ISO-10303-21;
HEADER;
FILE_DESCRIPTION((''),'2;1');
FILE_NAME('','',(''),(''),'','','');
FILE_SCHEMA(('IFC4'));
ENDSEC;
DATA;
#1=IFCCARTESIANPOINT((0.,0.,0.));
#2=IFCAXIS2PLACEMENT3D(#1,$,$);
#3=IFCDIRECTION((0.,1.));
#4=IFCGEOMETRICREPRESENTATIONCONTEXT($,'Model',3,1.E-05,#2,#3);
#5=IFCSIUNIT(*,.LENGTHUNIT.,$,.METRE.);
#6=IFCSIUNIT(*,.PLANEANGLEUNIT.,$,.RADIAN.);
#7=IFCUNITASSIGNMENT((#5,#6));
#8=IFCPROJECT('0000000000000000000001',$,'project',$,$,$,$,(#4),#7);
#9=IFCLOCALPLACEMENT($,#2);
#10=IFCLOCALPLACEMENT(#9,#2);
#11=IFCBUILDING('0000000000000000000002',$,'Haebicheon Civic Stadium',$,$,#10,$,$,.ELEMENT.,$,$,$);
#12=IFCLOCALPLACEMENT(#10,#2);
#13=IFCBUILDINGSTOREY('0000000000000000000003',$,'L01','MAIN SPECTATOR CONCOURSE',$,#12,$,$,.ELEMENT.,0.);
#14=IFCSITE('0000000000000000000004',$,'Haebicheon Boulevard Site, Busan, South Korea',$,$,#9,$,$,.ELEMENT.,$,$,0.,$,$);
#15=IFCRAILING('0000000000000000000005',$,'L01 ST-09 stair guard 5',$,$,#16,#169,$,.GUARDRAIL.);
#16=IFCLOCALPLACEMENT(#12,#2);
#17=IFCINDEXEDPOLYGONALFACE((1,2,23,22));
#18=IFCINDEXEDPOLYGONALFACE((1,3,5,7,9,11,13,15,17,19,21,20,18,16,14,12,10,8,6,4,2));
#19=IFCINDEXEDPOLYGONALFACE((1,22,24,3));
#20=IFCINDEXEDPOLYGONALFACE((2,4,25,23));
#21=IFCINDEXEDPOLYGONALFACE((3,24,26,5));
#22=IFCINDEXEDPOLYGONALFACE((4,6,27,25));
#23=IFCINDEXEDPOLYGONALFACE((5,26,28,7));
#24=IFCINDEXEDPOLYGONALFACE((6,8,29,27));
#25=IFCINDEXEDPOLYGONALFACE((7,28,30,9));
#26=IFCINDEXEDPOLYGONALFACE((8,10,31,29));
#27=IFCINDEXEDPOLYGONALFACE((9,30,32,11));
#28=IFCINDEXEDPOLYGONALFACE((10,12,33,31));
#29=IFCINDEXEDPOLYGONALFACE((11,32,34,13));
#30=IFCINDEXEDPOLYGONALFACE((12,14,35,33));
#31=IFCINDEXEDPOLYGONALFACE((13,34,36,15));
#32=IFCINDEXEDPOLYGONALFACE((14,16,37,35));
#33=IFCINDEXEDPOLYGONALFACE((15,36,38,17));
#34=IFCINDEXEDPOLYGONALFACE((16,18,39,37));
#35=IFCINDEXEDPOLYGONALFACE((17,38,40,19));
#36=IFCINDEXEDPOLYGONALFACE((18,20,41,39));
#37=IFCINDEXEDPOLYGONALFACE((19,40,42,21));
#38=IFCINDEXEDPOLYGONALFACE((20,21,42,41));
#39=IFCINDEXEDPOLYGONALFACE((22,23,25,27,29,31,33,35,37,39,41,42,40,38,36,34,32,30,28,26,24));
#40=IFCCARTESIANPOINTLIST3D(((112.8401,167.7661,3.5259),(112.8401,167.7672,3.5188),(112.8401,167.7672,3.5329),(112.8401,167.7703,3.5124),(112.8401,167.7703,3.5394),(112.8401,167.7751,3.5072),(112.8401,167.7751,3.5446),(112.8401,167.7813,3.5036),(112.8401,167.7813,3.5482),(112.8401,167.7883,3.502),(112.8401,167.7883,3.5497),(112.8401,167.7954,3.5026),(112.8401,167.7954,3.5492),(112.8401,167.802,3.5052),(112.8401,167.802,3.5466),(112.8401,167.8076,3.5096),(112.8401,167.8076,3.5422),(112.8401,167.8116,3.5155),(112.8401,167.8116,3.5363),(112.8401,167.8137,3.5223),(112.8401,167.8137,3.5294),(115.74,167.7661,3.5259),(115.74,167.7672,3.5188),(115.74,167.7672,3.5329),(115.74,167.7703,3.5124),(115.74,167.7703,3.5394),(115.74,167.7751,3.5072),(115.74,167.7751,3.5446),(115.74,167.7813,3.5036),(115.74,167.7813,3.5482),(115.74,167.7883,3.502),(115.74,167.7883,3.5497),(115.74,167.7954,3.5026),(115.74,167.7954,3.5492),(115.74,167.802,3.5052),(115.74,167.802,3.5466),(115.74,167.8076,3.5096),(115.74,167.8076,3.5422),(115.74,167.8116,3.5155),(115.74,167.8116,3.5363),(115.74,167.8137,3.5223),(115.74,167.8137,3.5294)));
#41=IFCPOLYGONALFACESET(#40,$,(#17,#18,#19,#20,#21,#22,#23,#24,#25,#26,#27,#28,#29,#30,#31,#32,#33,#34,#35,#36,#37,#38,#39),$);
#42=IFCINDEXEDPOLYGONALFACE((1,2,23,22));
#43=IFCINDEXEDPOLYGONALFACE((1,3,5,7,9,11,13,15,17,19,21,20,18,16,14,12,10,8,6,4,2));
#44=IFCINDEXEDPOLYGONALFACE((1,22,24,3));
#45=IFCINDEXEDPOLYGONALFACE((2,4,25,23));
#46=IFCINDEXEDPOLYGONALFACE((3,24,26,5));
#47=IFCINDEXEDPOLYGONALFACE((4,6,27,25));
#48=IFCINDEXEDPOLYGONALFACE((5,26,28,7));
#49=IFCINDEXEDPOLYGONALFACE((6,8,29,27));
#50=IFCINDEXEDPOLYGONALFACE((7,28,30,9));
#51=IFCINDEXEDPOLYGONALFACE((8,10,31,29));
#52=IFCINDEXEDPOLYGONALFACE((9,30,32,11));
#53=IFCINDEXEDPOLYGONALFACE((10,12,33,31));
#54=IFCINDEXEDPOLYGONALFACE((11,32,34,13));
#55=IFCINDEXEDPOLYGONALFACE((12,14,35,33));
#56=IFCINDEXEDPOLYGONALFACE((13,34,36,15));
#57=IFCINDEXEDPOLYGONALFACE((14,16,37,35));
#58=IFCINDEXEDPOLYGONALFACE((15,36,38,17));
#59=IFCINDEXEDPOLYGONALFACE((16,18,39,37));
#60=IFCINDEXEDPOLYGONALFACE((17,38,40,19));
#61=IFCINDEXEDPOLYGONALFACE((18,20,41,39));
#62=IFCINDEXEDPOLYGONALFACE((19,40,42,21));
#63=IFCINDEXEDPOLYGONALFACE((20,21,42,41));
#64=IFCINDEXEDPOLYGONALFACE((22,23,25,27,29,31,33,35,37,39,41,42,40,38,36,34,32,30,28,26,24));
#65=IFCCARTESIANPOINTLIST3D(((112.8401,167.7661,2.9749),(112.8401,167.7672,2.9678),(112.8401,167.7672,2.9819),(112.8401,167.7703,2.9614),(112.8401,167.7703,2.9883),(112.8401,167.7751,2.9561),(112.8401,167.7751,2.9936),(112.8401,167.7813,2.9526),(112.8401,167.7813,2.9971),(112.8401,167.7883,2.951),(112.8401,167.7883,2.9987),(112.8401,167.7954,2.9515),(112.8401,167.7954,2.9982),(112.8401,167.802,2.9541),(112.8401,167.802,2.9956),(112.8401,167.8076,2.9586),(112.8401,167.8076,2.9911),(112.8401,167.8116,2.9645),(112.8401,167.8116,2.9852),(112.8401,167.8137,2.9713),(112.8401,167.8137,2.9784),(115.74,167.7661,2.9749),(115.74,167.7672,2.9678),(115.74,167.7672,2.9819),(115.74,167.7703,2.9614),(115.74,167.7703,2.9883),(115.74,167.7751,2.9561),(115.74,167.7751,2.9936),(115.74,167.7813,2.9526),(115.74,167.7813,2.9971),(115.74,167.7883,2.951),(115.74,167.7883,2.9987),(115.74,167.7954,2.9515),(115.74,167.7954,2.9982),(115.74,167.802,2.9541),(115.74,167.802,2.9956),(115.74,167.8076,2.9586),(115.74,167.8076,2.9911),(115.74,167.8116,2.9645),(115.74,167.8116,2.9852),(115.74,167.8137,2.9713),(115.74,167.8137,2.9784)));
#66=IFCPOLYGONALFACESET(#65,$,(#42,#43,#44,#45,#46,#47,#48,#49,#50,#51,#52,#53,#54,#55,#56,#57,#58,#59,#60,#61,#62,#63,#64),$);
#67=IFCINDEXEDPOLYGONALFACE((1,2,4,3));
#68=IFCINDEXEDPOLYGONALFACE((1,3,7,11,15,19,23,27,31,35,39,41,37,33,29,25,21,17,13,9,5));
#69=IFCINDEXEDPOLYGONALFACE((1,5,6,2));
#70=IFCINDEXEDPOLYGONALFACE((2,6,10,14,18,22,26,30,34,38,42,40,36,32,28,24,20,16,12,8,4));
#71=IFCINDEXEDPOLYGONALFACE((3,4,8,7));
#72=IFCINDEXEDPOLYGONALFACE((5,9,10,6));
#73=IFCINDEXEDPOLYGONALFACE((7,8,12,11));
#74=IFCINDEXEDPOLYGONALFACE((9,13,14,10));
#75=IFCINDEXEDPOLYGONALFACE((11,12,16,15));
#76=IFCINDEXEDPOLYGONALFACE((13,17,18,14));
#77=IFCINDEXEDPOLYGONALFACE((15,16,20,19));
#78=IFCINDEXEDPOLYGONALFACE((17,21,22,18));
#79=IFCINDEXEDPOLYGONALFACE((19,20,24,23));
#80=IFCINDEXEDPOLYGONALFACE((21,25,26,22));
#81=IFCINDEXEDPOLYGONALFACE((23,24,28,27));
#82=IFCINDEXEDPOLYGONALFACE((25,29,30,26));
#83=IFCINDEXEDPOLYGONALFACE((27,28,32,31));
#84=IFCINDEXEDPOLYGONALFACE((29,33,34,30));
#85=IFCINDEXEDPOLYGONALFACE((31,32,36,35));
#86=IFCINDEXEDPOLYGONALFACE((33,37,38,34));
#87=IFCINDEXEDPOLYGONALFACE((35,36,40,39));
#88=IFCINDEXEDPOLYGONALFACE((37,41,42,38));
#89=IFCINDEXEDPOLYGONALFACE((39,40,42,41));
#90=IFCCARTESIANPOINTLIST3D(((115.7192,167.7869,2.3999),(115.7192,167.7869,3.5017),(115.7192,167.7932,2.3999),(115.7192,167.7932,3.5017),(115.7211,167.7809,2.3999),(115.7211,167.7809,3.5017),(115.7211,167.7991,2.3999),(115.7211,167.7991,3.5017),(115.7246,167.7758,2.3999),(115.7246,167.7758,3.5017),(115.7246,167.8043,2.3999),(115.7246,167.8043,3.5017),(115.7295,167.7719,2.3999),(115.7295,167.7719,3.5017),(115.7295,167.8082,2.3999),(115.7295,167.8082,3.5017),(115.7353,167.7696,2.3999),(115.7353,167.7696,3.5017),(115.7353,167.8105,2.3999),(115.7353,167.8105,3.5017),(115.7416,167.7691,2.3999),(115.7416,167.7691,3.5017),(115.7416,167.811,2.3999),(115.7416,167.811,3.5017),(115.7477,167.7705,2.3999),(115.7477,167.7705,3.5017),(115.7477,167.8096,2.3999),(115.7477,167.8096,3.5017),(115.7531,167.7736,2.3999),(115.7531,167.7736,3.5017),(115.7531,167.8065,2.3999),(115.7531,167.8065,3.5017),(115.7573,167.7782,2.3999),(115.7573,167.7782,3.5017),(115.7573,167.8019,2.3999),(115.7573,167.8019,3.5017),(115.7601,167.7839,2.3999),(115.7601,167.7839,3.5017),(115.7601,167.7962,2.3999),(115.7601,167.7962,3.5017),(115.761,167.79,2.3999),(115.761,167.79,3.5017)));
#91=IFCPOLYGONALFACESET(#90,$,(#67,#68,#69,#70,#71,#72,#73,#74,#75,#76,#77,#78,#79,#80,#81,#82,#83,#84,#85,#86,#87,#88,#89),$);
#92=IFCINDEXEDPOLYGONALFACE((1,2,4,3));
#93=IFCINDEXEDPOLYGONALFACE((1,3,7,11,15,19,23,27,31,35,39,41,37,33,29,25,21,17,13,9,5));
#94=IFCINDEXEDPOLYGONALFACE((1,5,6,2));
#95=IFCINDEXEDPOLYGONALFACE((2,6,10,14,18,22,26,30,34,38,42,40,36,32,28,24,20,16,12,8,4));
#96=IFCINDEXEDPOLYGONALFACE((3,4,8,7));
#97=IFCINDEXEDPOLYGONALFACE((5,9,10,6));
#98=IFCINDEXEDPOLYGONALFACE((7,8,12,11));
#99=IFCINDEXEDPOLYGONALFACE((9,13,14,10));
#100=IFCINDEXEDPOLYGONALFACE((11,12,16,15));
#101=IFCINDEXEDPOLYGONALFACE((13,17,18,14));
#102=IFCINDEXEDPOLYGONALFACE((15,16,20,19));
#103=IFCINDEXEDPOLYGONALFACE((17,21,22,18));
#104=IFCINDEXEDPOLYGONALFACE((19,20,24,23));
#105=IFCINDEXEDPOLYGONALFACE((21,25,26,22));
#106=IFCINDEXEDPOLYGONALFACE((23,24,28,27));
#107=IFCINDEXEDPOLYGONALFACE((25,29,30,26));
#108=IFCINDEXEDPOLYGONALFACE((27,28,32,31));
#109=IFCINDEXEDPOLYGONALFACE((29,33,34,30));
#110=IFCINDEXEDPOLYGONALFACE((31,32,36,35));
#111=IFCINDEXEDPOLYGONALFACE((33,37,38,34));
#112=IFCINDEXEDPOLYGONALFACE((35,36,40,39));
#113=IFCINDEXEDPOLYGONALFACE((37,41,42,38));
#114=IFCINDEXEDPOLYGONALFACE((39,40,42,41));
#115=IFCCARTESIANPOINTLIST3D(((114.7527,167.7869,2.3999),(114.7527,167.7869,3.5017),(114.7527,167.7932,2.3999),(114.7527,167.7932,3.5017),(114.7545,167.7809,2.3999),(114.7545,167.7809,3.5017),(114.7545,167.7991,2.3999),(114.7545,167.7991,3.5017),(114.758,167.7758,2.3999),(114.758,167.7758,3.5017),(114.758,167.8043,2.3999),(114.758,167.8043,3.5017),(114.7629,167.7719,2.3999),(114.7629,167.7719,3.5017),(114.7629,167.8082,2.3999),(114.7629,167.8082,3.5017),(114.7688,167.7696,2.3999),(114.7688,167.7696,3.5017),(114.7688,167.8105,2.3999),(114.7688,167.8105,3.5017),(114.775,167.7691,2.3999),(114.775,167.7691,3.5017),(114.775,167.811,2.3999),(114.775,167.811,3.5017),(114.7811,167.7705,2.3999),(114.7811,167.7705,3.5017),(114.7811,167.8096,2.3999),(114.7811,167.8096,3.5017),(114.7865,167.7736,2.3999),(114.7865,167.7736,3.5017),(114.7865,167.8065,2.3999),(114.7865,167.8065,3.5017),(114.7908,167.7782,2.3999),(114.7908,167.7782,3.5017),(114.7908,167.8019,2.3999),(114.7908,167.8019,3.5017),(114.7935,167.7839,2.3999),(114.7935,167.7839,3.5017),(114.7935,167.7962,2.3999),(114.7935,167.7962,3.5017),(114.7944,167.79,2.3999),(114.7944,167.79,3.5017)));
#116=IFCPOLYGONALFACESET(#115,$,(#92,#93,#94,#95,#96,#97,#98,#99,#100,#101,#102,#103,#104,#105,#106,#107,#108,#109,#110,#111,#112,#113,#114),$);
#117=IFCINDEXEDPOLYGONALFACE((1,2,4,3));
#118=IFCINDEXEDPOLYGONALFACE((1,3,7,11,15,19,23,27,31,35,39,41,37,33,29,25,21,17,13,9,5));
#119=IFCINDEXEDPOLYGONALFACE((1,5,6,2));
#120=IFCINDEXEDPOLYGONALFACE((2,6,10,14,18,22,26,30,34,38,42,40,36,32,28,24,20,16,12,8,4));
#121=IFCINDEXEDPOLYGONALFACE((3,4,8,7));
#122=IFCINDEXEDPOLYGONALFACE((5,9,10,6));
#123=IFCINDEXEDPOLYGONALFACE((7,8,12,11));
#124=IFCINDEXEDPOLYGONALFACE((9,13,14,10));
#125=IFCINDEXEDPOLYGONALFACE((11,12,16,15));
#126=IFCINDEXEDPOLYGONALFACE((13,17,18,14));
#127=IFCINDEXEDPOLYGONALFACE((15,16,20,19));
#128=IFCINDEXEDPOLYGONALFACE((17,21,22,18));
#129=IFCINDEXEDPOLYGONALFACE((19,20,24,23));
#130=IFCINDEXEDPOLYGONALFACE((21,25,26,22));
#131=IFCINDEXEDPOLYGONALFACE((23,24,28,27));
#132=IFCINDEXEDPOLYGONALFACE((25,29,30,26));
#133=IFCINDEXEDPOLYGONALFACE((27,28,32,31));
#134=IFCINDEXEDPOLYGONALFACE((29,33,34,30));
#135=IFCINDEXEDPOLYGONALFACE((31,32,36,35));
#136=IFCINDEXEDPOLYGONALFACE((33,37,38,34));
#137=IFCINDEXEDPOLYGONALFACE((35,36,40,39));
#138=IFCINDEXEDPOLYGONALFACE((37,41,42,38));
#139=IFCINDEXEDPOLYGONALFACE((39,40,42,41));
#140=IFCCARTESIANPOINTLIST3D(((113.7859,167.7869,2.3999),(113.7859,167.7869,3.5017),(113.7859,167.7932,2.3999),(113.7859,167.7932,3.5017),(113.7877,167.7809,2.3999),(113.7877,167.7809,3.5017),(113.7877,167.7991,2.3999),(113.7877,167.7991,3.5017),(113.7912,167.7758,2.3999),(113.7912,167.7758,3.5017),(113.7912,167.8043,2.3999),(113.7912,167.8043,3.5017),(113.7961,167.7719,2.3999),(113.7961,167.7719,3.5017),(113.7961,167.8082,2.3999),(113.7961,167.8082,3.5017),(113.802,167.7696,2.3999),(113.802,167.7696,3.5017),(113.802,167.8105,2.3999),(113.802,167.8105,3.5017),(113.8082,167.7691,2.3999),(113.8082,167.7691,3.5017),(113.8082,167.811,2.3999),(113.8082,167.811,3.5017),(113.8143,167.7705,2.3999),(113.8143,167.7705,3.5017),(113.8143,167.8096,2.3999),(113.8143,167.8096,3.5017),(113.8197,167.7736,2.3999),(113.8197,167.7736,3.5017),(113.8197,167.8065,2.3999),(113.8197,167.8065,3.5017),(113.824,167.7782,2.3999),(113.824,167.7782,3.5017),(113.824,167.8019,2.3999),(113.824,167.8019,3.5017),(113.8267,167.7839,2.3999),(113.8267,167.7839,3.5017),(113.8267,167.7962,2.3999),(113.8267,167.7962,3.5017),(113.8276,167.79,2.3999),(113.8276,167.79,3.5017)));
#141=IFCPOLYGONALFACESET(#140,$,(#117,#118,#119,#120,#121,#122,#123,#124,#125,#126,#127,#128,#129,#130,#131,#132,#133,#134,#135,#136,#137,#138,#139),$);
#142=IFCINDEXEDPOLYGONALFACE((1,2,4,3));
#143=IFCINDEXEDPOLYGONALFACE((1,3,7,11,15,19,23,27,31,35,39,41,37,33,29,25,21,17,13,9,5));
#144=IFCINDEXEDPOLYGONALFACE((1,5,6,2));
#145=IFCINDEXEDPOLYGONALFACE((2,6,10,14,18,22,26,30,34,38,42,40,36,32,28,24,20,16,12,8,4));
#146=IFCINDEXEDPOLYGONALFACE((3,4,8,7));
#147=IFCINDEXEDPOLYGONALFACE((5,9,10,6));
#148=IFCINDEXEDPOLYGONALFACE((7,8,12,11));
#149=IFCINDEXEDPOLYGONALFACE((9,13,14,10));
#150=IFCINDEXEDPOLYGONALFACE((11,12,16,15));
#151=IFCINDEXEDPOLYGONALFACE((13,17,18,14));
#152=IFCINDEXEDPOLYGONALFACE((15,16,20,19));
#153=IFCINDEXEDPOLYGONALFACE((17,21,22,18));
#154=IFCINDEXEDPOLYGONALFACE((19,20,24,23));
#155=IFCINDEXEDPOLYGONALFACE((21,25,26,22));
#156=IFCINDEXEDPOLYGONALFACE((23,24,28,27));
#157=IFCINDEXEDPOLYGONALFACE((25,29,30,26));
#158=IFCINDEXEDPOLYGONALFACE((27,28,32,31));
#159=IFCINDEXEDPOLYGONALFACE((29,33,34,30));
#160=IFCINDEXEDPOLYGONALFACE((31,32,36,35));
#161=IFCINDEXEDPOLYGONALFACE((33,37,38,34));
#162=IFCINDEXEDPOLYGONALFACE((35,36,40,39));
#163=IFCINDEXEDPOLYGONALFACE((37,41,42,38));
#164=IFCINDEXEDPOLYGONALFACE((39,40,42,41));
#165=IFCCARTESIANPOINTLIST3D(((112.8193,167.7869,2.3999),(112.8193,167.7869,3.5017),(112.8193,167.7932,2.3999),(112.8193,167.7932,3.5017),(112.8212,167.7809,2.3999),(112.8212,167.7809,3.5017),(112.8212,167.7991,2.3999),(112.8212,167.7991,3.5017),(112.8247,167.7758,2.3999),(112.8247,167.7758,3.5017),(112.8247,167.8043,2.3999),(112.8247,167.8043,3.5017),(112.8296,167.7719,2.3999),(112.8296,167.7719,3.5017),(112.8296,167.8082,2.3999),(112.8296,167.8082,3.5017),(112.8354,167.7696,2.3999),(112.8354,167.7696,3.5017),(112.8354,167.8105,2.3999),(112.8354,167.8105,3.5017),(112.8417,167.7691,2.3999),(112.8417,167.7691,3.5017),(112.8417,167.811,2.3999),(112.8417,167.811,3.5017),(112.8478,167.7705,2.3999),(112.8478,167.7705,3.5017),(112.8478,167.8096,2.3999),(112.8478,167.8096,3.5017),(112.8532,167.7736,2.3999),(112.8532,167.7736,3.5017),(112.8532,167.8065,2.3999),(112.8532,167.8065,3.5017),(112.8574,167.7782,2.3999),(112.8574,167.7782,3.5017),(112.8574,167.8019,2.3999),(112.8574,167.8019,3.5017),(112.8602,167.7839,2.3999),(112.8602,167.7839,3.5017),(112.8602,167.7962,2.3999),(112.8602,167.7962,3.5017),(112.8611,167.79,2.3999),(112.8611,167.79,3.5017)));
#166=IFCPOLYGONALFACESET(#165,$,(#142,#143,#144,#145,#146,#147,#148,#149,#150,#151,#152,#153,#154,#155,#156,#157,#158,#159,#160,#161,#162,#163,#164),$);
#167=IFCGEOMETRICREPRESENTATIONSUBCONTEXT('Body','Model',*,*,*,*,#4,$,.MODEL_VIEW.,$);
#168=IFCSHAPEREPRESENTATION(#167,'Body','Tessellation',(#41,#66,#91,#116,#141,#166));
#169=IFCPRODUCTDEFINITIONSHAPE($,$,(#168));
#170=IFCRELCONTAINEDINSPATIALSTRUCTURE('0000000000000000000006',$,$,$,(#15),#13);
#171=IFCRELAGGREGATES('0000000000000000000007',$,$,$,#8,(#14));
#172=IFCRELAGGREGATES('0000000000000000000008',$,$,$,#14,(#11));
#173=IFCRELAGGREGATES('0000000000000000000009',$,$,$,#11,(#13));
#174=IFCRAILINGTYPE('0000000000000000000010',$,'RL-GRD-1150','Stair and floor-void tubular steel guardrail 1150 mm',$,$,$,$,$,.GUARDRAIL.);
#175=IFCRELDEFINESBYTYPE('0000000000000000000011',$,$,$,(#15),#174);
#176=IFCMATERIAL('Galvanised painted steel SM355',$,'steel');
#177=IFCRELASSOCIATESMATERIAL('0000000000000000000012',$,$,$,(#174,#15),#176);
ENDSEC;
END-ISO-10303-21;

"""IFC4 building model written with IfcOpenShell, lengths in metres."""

from ifc_helpers import new_model, si_unit, direction, frame, origin, origin_2d, place, context, subcontext, project, spatial, circle, extrude, material, type_object, element, save


model = new_model("IFC4")

# Units and contexts
model_context = context("Model", 3, precision=1e-05, world=origin(), true_north=direction((0.0, 1.0)))
body_context = subcontext(model_context, "Body", "Model", "MODEL_VIEW")
ifc_project = project(units=[si_unit("LENGTHUNIT", "METRE"), si_unit("PLANEANGLEUNIT", "RADIAN")], contexts=[model_context])

# Site, building, storey
site_placement = place(None, origin())
site = spatial("IfcSite", under=ifc_project, at=site_placement, Name="Haebicheon Boulevard Site, Busan, South Korea", CompositionType="ELEMENT", RefElevation=0.0)
building_placement = place(site_placement, origin())
building = spatial("IfcBuilding", under=site, at=building_placement, Name="Haebicheon Civic Stadium", CompositionType="ELEMENT")
storey_placement = place(building_placement, origin())
storey = spatial("IfcBuildingStorey", under=building, at=storey_placement, Name="L01", Description="MAIN SPECTATOR CONCOURSE", CompositionType="ELEMENT", Elevation=0.0)

# Railing
ifc_material_1 = material(Name="Galvanised painted steel SM355", Category="steel")
railing_type_1 = type_object("IfcRailingType", Name="RL-GRD-1150", Description="Stair and floor-void tubular steel guardrail 1150 mm", PredefinedType="GUARDRAIL", material=ifc_material_1)
railing_1_placement = place(storey_placement, frame((115.74, 167.79, 2.3999)))
element("IfcRailing", 1, at=railing_1_placement, inside=storey, type_object=railing_type_1, material=ifc_material_1, Name="L01 ST-09 stair guard 5", PredefinedType="GUARDRAIL", context=body_context, shape_type="SweptSolid", body=[
    extrude(circle(Radius=0.0239, at=origin_2d()), frame((0.0, 0.0, 1.126), z_axis=(-1.0, 0.0, 0.0), x_axis=(0.0, -1.0, 0.0)), (0.0, 0.0, 1.0), 2.8999),
    extrude(circle(Radius=0.0239, at=origin_2d()), frame((0.0, 0.0, 0.575), z_axis=(-1.0, 0.0, 0.0), x_axis=(0.0, -1.0, 0.0)), (0.0, 0.0, 1.0), 2.8999),
    extrude(circle(Radius=0.021, at=origin_2d()), origin(), (0.0, 0.0, 1.0), 1.1018),
    extrude(circle(Radius=0.021, at=origin_2d()), frame((-0.9666, 0.0, 0.0)), (0.0, 0.0, 1.0), 1.1018),
    extrude(circle(Radius=0.021, at=origin_2d()), frame((-1.9333, 0.0, 0.0)), (0.0, 0.0, 1.0), 1.1018),
    extrude(circle(Radius=0.021, at=origin_2d()), frame((-2.8999, 0.0, 0.0)), (0.0, 0.0, 1.0), 1.1018),
])

save(model, "model.ifc")
